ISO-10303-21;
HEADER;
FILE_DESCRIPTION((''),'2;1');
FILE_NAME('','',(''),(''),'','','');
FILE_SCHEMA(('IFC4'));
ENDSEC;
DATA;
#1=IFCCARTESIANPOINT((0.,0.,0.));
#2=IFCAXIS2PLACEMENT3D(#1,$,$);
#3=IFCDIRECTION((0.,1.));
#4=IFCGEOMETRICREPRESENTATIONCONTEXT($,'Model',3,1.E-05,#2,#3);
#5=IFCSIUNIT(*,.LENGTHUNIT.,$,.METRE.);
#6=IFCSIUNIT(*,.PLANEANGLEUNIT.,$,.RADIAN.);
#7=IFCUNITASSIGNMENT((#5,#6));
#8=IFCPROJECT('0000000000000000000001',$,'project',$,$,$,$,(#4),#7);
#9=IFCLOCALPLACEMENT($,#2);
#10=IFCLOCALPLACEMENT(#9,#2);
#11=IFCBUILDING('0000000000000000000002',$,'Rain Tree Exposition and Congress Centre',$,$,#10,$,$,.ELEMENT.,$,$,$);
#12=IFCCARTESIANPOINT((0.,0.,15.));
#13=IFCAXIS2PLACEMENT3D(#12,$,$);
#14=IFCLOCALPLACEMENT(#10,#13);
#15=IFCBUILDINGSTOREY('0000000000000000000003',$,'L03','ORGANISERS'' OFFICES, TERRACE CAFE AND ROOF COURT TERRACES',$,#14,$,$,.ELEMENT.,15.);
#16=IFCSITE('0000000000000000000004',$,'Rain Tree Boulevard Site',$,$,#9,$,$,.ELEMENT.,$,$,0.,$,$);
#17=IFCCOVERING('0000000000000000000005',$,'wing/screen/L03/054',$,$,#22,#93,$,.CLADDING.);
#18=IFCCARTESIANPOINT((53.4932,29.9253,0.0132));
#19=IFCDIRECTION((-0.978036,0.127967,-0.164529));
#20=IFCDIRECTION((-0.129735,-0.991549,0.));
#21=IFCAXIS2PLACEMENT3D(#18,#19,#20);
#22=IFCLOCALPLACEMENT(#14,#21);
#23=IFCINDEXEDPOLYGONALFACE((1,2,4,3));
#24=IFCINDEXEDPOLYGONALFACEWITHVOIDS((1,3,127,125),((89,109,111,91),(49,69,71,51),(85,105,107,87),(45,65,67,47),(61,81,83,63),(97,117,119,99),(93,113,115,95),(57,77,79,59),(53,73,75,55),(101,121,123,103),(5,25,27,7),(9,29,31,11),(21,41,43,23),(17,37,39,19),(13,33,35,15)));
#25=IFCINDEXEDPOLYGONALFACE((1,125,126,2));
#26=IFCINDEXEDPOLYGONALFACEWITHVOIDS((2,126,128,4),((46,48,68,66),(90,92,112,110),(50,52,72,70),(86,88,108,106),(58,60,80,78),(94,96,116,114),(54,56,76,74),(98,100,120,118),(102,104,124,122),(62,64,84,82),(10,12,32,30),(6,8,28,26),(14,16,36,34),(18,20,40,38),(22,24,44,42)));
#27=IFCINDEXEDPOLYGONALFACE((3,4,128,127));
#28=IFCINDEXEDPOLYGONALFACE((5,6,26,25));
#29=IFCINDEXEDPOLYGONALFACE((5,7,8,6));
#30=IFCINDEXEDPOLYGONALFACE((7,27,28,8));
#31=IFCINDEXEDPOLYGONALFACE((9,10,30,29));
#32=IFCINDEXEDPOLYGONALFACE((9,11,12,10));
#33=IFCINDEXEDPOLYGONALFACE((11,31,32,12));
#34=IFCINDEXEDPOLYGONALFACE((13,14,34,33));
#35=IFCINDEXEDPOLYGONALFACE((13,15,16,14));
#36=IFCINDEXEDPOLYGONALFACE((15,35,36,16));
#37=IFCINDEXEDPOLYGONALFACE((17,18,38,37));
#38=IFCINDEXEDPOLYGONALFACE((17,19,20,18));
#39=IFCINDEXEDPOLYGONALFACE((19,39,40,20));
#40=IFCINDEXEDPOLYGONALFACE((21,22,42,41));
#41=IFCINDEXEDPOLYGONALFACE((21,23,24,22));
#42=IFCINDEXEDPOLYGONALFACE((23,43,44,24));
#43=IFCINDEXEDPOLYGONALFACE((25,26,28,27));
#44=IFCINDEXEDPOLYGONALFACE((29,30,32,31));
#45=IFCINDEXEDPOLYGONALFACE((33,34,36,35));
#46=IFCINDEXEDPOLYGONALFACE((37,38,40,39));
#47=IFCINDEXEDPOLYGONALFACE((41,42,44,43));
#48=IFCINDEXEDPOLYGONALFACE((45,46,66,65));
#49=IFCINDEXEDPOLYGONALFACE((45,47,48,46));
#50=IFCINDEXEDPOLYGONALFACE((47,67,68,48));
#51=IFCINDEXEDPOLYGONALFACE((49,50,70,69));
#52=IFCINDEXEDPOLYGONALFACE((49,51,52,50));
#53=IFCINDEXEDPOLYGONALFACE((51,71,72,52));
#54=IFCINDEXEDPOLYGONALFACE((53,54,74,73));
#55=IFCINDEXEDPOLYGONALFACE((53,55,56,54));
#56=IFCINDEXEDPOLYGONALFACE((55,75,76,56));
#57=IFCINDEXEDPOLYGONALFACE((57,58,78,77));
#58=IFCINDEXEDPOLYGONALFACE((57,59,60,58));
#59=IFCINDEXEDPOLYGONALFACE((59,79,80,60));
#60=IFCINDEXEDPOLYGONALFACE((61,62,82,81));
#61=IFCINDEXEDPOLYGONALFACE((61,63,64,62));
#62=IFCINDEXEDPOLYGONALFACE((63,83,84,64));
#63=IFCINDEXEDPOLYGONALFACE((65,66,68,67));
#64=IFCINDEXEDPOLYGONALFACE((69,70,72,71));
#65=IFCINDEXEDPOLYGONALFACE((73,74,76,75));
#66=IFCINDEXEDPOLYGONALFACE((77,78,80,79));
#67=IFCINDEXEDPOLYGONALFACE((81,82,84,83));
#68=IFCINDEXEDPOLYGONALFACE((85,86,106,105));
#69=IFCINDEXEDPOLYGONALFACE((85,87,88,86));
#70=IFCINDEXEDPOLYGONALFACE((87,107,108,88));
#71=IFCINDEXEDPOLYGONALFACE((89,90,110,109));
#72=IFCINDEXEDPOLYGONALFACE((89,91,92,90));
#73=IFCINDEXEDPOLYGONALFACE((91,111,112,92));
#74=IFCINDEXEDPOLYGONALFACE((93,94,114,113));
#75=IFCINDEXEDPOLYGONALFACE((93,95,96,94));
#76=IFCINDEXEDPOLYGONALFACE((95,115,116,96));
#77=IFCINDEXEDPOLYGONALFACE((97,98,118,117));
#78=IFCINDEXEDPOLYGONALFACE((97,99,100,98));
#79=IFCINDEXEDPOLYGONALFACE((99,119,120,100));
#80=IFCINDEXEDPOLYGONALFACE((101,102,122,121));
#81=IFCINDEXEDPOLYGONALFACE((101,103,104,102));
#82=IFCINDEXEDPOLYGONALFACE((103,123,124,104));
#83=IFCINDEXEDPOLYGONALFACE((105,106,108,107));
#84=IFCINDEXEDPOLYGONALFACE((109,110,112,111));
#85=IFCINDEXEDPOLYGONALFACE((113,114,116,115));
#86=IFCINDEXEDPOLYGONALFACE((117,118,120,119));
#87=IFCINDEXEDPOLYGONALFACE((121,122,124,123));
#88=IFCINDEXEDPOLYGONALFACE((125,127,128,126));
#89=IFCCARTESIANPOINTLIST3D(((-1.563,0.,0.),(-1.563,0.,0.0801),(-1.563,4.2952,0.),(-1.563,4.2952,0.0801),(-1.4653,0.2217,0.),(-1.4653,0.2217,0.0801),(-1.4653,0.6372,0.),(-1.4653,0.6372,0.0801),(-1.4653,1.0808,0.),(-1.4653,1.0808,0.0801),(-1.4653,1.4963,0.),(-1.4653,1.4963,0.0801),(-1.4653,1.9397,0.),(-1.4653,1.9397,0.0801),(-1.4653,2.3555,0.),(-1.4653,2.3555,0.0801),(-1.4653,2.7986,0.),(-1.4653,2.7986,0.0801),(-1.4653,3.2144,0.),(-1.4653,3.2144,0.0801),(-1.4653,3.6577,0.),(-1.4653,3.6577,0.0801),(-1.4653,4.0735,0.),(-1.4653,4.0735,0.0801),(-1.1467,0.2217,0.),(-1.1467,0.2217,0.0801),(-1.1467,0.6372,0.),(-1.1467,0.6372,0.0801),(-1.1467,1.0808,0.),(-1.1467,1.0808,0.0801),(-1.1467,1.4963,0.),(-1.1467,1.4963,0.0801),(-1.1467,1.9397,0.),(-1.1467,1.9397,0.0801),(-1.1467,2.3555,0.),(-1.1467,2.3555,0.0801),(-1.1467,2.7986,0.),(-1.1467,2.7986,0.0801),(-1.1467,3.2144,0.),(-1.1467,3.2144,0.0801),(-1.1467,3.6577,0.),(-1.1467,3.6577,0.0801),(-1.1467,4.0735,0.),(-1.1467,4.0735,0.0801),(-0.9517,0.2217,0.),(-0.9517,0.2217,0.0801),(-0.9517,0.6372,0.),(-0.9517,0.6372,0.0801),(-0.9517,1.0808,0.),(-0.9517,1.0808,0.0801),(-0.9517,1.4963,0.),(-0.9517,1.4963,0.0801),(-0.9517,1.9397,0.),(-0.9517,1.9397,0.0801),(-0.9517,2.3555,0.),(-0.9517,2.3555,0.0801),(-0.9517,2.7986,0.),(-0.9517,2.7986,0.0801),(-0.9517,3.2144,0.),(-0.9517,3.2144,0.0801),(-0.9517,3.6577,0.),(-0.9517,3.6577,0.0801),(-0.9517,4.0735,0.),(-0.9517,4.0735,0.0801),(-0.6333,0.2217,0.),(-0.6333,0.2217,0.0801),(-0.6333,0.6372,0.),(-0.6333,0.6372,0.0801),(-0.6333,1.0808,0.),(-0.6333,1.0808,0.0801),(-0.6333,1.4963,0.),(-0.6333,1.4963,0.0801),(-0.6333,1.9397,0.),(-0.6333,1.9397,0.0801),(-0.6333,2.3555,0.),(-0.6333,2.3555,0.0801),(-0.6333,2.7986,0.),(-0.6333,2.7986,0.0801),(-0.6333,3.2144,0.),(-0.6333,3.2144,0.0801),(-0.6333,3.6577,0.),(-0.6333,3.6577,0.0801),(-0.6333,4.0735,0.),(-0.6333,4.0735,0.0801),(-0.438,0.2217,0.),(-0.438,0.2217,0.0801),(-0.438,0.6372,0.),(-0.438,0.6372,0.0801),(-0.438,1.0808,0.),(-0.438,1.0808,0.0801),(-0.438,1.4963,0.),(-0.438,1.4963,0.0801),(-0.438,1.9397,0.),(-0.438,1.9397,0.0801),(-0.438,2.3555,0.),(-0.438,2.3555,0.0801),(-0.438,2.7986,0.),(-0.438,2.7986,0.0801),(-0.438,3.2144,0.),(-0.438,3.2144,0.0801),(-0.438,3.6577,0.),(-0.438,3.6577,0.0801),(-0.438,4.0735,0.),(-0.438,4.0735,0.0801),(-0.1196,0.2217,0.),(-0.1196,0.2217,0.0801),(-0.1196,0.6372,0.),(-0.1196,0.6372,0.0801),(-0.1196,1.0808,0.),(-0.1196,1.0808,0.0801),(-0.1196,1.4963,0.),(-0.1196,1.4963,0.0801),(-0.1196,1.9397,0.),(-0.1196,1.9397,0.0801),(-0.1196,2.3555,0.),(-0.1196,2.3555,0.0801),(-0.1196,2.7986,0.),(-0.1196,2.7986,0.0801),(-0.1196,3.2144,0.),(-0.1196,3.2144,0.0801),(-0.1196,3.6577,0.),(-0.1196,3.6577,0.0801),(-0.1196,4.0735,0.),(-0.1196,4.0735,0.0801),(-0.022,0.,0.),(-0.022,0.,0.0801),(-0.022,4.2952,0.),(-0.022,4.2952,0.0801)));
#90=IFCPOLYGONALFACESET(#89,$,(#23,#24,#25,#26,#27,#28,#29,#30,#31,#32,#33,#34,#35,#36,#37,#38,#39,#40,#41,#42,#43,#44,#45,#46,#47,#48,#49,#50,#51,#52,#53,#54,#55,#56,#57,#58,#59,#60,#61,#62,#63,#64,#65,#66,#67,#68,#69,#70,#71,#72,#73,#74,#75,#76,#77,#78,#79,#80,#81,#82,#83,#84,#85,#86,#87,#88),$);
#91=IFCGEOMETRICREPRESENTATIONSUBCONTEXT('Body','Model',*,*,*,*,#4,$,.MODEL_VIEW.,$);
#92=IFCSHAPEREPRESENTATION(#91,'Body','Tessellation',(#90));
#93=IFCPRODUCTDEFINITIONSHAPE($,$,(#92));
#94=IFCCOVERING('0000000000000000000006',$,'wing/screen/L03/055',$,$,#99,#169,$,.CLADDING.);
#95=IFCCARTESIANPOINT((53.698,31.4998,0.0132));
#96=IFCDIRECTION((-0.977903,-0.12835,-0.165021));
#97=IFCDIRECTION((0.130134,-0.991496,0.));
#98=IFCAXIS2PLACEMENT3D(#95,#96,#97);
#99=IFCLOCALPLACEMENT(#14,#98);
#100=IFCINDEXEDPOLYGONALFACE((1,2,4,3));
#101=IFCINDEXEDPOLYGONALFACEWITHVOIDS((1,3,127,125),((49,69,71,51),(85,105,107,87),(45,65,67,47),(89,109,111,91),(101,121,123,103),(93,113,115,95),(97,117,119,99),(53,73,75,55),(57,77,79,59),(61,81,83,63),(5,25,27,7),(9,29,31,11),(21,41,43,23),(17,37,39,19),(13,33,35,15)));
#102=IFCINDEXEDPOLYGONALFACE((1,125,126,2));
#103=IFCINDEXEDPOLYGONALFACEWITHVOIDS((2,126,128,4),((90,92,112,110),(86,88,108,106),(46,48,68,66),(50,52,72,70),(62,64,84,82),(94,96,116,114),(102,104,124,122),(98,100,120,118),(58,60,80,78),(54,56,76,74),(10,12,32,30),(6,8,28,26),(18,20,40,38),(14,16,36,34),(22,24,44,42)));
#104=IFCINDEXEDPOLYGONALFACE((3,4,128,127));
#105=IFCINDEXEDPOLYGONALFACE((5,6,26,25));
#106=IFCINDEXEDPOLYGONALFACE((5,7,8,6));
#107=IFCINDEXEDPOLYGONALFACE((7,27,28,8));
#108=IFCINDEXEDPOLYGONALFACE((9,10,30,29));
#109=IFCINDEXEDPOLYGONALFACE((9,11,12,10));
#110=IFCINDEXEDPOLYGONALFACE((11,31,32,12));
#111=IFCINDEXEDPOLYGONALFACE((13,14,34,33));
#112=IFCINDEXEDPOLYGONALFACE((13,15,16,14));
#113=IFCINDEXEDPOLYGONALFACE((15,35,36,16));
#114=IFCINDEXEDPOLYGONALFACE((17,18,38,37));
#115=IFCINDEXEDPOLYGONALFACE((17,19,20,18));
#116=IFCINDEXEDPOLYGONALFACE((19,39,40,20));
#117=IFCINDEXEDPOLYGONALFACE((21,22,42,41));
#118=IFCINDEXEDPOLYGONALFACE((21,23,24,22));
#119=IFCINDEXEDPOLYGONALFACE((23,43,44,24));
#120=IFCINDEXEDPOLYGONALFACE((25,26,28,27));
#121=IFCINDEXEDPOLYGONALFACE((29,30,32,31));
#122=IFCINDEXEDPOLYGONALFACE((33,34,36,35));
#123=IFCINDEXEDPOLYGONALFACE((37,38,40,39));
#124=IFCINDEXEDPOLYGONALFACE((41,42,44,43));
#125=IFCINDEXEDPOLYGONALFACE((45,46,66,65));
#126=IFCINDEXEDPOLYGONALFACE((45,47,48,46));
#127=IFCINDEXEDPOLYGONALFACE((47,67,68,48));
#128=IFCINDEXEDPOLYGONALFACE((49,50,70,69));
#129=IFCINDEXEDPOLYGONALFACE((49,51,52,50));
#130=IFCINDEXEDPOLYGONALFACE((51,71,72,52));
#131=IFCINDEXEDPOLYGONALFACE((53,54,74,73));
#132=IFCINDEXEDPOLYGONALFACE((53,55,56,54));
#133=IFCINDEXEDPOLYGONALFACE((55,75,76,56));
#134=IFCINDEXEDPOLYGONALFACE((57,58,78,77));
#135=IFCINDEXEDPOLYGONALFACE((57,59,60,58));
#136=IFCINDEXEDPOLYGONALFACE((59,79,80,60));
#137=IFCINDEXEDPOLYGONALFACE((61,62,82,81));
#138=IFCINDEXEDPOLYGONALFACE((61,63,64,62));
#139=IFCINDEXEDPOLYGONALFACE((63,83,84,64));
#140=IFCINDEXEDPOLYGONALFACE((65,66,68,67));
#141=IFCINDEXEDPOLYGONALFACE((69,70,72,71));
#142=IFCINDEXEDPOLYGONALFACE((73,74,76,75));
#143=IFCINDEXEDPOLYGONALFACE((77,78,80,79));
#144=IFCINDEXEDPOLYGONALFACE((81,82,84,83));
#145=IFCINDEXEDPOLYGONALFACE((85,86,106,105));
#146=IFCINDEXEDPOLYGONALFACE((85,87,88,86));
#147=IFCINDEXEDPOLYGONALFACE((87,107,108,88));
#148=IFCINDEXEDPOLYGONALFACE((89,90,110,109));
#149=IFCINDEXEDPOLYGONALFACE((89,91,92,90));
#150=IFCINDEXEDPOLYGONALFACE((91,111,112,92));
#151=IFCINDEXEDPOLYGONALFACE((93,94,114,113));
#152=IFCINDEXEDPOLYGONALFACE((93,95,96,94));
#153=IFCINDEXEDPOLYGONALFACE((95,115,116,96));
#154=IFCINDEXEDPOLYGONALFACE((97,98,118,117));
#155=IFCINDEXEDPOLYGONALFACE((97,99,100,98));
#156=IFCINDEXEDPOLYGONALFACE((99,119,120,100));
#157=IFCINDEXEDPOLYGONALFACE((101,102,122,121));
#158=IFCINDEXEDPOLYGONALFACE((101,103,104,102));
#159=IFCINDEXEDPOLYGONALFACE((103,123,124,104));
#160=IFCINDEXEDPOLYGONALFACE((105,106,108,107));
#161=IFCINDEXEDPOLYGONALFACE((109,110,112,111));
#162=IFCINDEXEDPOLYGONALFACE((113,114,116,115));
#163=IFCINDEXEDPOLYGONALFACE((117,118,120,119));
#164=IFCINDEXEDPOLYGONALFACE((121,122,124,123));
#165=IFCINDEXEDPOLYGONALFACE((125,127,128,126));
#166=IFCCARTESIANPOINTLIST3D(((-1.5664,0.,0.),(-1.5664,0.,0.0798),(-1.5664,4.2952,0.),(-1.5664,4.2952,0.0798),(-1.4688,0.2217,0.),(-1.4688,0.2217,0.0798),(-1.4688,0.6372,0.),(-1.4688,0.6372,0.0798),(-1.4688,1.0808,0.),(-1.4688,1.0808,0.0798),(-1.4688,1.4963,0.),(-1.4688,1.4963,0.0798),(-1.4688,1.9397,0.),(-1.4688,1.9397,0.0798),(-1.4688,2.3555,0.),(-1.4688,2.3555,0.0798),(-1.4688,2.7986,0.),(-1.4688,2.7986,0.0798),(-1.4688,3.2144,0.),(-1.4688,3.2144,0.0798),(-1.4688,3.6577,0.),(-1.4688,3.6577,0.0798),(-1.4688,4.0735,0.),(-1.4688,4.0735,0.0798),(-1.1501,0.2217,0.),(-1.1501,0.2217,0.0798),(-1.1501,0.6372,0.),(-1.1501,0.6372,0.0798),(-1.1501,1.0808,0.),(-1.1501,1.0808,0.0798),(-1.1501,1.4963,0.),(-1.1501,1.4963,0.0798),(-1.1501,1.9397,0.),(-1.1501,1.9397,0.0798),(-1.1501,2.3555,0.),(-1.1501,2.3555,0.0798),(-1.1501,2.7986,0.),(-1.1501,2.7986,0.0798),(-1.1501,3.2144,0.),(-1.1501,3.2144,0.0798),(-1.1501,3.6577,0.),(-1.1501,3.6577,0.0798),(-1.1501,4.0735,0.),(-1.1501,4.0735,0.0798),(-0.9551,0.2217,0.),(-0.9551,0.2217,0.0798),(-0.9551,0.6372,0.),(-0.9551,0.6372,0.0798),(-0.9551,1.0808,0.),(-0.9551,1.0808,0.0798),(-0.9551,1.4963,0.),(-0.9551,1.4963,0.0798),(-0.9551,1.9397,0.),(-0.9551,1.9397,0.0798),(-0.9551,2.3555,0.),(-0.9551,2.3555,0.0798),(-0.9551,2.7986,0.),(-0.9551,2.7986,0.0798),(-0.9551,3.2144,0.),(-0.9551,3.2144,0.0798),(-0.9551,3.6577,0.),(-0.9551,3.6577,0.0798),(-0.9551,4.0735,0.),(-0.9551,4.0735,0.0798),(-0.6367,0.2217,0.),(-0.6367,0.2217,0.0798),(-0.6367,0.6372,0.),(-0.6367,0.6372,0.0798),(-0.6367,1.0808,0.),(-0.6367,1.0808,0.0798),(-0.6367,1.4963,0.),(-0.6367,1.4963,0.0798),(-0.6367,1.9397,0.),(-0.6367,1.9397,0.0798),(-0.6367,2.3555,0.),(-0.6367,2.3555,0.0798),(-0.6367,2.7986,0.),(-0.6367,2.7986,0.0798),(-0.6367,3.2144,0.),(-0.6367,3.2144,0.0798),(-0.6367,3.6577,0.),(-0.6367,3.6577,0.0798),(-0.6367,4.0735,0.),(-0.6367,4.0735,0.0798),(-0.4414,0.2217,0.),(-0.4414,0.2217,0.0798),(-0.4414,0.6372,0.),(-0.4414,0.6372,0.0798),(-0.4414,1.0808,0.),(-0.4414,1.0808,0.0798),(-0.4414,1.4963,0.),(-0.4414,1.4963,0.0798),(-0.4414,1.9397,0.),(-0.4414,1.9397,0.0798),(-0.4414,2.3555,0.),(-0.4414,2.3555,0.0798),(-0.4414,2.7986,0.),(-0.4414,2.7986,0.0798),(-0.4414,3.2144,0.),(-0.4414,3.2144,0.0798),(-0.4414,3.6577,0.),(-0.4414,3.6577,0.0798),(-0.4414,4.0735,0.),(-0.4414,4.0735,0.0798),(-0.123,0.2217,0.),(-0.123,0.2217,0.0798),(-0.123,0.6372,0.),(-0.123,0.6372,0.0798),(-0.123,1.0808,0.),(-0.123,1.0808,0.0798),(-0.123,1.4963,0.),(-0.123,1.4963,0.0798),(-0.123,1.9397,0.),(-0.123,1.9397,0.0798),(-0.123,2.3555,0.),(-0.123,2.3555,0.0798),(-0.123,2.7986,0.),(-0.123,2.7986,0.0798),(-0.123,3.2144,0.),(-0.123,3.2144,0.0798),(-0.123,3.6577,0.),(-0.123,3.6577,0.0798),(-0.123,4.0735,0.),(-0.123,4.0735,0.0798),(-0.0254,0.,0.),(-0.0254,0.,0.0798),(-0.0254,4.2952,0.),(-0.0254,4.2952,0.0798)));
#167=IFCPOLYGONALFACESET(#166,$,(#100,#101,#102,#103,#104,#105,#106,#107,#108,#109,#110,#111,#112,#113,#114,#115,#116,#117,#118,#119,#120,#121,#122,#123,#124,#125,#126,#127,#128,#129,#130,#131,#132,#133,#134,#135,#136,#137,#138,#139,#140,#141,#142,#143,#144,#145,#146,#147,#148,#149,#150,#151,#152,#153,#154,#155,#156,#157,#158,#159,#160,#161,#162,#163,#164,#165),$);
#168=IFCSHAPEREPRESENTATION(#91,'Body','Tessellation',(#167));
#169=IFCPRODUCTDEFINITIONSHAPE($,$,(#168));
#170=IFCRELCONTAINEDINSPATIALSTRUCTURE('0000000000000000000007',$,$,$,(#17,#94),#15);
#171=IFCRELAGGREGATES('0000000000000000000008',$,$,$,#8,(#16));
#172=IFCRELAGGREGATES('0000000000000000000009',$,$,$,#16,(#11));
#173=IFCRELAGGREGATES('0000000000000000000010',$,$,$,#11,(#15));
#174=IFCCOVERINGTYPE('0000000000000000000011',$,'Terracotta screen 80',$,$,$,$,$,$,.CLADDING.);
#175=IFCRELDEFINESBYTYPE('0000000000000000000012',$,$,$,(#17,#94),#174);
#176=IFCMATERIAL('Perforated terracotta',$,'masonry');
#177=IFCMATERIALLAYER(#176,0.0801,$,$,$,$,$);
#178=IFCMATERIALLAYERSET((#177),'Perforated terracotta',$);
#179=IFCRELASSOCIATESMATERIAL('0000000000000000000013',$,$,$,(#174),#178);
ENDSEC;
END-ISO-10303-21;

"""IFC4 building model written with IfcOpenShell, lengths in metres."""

from ifc_helpers import new_model, si_unit, direction, frame, origin, place, context, subcontext, project, spatial, polyline, outline, extrude, material, layer, layer_set, type_object, element, save


model = new_model("IFC4")

# Units and contexts
model_context = context("Model", 3, precision=1e-05, world=origin(), true_north=direction((0.0, 1.0)))
body_context = subcontext(model_context, "Body", "Model", "MODEL_VIEW")
ifc_project = project(units=[si_unit("LENGTHUNIT", "METRE"), si_unit("PLANEANGLEUNIT", "RADIAN")], contexts=[model_context])

# Site, building, storey
site_placement = place(None, origin())
site = spatial("IfcSite", under=ifc_project, at=site_placement, Name="Rain Tree Boulevard Site", CompositionType="ELEMENT", RefElevation=0.0)
building_placement = place(site_placement, origin())
building = spatial("IfcBuilding", under=site, at=building_placement, Name="Rain Tree Exposition and Congress Centre", CompositionType="ELEMENT")
storey_placement = place(building_placement, frame((0.0, 0.0, 15.0)))
storey = spatial("IfcBuildingStorey", under=building, at=storey_placement, Name="L03", Description="ORGANISERS' OFFICES, TERRACE CAFE AND ROOF COURT TERRACES", CompositionType="ELEMENT", Elevation=15.0)

# Coverings
ifc_material_1 = material(Name="Perforated terracotta", Category="masonry")
ifc_layer = layer(ifc_material_1, 0.0801)
ifc_layer_set = layer_set([ifc_layer], Name="Perforated terracotta")
covering_type = type_object("IfcCoveringType", Name="Terracotta screen 80", PredefinedType="CLADDING", material=ifc_layer_set)
covering_1_placement = place(storey_placement, frame((53.4932, 29.9253, 0.0132), z_axis=(-0.978036, 0.127967, -0.164529), x_axis=(-0.129735, -0.991549, 0.0)))
element("IfcCovering", 1, at=covering_1_placement, inside=storey, type_object=covering_type, Name="wing/screen/L03/054", PredefinedType="CLADDING", context=body_context, shape_type="SweptSolid", body=[
    extrude(outline(polyline([(-1.563, 0.0), (-1.563, 4.2952), (-0.022, 4.2952), (-0.022, 0.0), (-1.563, 0.0)]), holes=[polyline([(-0.1196, 0.2217), (-0.1196, 0.6372), (-0.438, 0.6372), (-0.438, 0.2217), (-0.1196, 0.2217)]), polyline([(-0.1196, 1.0808), (-0.1196, 1.4963), (-0.438, 1.4963), (-0.438, 1.0808), (-0.1196, 1.0808)]), polyline([(-0.1196, 1.9397), (-0.1196, 2.3555), (-0.438, 2.3555), (-0.438, 1.9397), (-0.1196, 1.9397)]), polyline([(-0.1196, 2.7986), (-0.1196, 3.2144), (-0.438, 3.2144), (-0.438, 2.7986), (-0.1196, 2.7986)]), polyline([(-0.1196, 3.6577), (-0.1196, 4.0735), (-0.438, 4.0735), (-0.438, 3.6577), (-0.1196, 3.6577)]), polyline([(-0.6333, 0.2217), (-0.6333, 0.6372), (-0.9517, 0.6372), (-0.9517, 0.2217), (-0.6333, 0.2217)]), polyline([(-0.6333, 1.0808), (-0.6333, 1.4963), (-0.9517, 1.4963), (-0.9517, 1.0808), (-0.6333, 1.0808)]), polyline([(-0.6333, 1.9397), (-0.6333, 2.3555), (-0.9517, 2.3555), (-0.9517, 1.9397), (-0.6333, 1.9397)]), polyline([(-0.6333, 2.7986), (-0.6333, 3.2144), (-0.9517, 3.2144), (-0.9517, 2.7986), (-0.6333, 2.7986)]), polyline([(-0.6333, 3.6577), (-0.6333, 4.0735), (-0.9517, 4.0735), (-0.9517, 3.6577), (-0.6333, 3.6577)]), polyline([(-1.1467, 0.2217), (-1.1467, 0.6372), (-1.4653, 0.6372), (-1.4653, 0.2217), (-1.1467, 0.2217)]), polyline([(-1.1467, 1.0808), (-1.1467, 1.4963), (-1.4653, 1.4963), (-1.4653, 1.0808), (-1.1467, 1.0808)]), polyline([(-1.1467, 1.9397), (-1.1467, 2.3555), (-1.4653, 2.3555), (-1.4653, 1.9397), (-1.1467, 1.9397)]), polyline([(-1.1467, 2.7986), (-1.1467, 3.2144), (-1.4653, 3.2144), (-1.4653, 2.7986), (-1.1467, 2.7986)]), polyline([(-1.1467, 3.6577), (-1.1467, 4.0735), (-1.4653, 4.0735), (-1.4653, 3.6577), (-1.1467, 3.6577)])]), origin(), (0.0, 0.0, 1.0), 0.0801),
])
covering_2_placement = place(storey_placement, frame((53.698, 31.4998, 0.0132), z_axis=(-0.977903, -0.12835, -0.165021), x_axis=(0.130134, -0.991496, 0.0)))
element("IfcCovering", 2, at=covering_2_placement, inside=storey, type_object=covering_type, Name="wing/screen/L03/055", PredefinedType="CLADDING", context=body_context, shape_type="SweptSolid", body=[
    extrude(outline(polyline([(-1.5664, 0.0), (-1.5664, 4.2952), (-0.0254, 4.2952), (-0.0254, 0.0), (-1.5664, 0.0)]), holes=[polyline([(-0.123, 0.2217), (-0.123, 0.6372), (-0.4414, 0.6372), (-0.4414, 0.2217), (-0.123, 0.2217)]), polyline([(-0.123, 1.0808), (-0.123, 1.4963), (-0.4414, 1.4963), (-0.4414, 1.0808), (-0.123, 1.0808)]), polyline([(-0.123, 1.9397), (-0.123, 2.3555), (-0.4414, 2.3555), (-0.4414, 1.9397), (-0.123, 1.9397)]), polyline([(-0.123, 2.7986), (-0.123, 3.2144), (-0.4414, 3.2144), (-0.4414, 2.7986), (-0.123, 2.7986)]), polyline([(-0.123, 3.6577), (-0.123, 4.0735), (-0.4414, 4.0735), (-0.4414, 3.6577), (-0.123, 3.6577)]), polyline([(-0.6367, 0.2217), (-0.6367, 0.6372), (-0.9551, 0.6372), (-0.9551, 0.2217), (-0.6367, 0.2217)]), polyline([(-0.6367, 1.0808), (-0.6367, 1.4963), (-0.9551, 1.4963), (-0.9551, 1.0808), (-0.6367, 1.0808)]), polyline([(-0.6367, 1.9397), (-0.6367, 2.3555), (-0.9551, 2.3555), (-0.9551, 1.9397), (-0.6367, 1.9397)]), polyline([(-0.6367, 2.7986), (-0.6367, 3.2144), (-0.9551, 3.2144), (-0.9551, 2.7986), (-0.6367, 2.7986)]), polyline([(-0.6367, 3.6577), (-0.6367, 4.0735), (-0.9551, 4.0735), (-0.9551, 3.6577), (-0.6367, 3.6577)]), polyline([(-1.1501, 0.2217), (-1.1501, 0.6372), (-1.4688, 0.6372), (-1.4688, 0.2217), (-1.1501, 0.2217)]), polyline([(-1.1501, 1.0808), (-1.1501, 1.4963), (-1.4688, 1.4963), (-1.4688, 1.0808), (-1.1501, 1.0808)]), polyline([(-1.1501, 1.9397), (-1.1501, 2.3555), (-1.4688, 2.3555), (-1.4688, 1.9397), (-1.1501, 1.9397)]), polyline([(-1.1501, 2.7986), (-1.1501, 3.2144), (-1.4688, 3.2144), (-1.4688, 2.7986), (-1.1501, 2.7986)]), polyline([(-1.1501, 3.6577), (-1.1501, 4.0735), (-1.4688, 4.0735), (-1.4688, 3.6577), (-1.1501, 3.6577)])]), origin(), (0.0, 0.0, 1.0), 0.0798),
])

save(model, "model.ifc")
